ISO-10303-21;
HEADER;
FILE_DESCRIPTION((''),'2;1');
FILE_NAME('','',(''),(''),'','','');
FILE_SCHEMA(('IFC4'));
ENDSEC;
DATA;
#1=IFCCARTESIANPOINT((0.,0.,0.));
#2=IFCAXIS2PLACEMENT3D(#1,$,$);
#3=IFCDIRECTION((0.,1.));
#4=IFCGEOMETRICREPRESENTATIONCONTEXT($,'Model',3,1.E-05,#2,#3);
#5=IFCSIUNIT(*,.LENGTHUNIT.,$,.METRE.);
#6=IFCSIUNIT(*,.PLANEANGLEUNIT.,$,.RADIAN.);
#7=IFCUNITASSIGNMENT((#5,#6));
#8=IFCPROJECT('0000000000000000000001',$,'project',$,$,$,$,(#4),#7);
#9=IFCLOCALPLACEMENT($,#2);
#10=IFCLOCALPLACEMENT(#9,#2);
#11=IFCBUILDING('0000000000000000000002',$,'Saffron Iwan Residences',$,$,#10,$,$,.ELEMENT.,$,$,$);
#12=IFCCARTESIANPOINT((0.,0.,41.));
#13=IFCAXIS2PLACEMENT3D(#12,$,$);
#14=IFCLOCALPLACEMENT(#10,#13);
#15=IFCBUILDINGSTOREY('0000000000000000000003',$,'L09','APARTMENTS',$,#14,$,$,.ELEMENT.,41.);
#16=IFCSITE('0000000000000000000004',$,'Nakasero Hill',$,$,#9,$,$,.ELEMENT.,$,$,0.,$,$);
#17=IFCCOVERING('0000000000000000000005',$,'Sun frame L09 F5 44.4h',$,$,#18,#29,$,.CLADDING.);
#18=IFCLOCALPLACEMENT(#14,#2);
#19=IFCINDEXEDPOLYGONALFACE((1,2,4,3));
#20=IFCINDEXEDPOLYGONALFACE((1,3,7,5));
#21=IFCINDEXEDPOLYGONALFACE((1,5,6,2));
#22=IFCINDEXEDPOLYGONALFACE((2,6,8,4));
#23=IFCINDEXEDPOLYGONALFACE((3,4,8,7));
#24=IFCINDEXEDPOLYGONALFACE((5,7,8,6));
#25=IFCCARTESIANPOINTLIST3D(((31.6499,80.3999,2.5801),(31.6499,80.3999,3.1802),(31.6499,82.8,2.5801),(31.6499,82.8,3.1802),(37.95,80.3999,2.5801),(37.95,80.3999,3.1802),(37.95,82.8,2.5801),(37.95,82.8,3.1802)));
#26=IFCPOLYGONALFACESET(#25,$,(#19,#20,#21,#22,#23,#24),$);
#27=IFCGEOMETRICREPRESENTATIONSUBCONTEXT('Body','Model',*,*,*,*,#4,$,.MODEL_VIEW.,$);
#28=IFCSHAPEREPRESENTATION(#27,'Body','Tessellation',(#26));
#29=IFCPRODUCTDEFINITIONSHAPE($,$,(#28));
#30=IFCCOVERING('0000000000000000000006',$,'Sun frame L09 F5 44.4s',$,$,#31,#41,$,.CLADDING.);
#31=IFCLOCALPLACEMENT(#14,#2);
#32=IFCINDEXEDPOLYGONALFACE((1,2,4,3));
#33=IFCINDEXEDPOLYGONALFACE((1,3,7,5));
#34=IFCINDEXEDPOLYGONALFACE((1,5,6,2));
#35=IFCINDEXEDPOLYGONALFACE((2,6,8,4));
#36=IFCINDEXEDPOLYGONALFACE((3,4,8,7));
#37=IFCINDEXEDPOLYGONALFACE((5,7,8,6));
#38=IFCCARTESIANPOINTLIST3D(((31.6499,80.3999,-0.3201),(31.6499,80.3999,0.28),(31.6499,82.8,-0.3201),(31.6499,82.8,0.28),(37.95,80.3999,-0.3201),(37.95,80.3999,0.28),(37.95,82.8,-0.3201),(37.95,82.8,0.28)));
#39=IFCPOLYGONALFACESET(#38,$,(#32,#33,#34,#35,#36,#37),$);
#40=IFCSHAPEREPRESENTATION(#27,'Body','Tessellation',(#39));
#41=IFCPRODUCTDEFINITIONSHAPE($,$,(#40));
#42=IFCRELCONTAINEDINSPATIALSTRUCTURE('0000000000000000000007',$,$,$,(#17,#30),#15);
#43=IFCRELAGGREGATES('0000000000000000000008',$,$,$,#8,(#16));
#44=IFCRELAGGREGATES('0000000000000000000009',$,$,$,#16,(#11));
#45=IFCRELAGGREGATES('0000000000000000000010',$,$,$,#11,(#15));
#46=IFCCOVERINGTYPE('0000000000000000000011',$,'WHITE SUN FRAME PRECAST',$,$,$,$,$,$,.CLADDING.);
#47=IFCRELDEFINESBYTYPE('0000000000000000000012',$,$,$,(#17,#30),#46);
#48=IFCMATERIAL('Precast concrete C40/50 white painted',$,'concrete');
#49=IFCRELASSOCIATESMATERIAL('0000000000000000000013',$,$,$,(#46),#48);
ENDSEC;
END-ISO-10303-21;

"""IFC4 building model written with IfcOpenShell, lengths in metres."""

from ifc_helpers import new_model, si_unit, direction, frame, origin, place, context, subcontext, project, spatial, polyline, outline, extrude, material, type_object, element, save


model = new_model("IFC4")

# Units and contexts
model_context = context("Model", 3, precision=1e-05, world=origin(), true_north=direction((0.0, 1.0)))
body_context = subcontext(model_context, "Body", "Model", "MODEL_VIEW")
ifc_project = project(units=[si_unit("LENGTHUNIT", "METRE"), si_unit("PLANEANGLEUNIT", "RADIAN")], contexts=[model_context])

# Site, building, storey
site_placement = place(None, origin())
site = spatial("IfcSite", under=ifc_project, at=site_placement, Name="Nakasero Hill", CompositionType="ELEMENT", RefElevation=0.0)
building_placement = place(site_placement, origin())
building = spatial("IfcBuilding", under=site, at=building_placement, Name="Saffron Iwan Residences", CompositionType="ELEMENT")
storey_placement = place(building_placement, frame((0.0, 0.0, 41.0)))
storey = spatial("IfcBuildingStorey", under=building, at=storey_placement, Name="L09", Description="APARTMENTS", CompositionType="ELEMENT", Elevation=41.0)

# Coverings
ifc_material_1 = material(Name="Precast concrete C40/50 white painted", Category="concrete")
covering_type = type_object("IfcCoveringType", Name="WHITE SUN FRAME PRECAST", PredefinedType="CLADDING", material=ifc_material_1)
for number, where, z_axis, x_axis, name in (
    (1, (37.95, 80.3999, 2.5801), (0.0, 1.0, 0.0), (-1.0, 0.0, 0.0), "Sun frame L09 F5 44.4h"),
    (2, (37.95, 80.3999, -0.3201), (0.0, 1.0, 0.0), (-1.0, 0.0, 0.0), "Sun frame L09 F5 44.4s"),
):
    element("IfcCovering", number, at=place(storey_placement, frame(where, z_axis=z_axis, x_axis=x_axis)), inside=storey, type_object=covering_type, Name=name, PredefinedType="CLADDING", context=body_context, shape_type="SweptSolid", body=[
        extrude(outline(polyline([(0.0, 0.0), (6.3, 0.0), (6.3, 0.6001), (0.0, 0.6001), (0.0, 0.0)])), origin(), (0.0, 0.0, 1.0), 2.4001),
    ])

save(model, "model.ifc")
